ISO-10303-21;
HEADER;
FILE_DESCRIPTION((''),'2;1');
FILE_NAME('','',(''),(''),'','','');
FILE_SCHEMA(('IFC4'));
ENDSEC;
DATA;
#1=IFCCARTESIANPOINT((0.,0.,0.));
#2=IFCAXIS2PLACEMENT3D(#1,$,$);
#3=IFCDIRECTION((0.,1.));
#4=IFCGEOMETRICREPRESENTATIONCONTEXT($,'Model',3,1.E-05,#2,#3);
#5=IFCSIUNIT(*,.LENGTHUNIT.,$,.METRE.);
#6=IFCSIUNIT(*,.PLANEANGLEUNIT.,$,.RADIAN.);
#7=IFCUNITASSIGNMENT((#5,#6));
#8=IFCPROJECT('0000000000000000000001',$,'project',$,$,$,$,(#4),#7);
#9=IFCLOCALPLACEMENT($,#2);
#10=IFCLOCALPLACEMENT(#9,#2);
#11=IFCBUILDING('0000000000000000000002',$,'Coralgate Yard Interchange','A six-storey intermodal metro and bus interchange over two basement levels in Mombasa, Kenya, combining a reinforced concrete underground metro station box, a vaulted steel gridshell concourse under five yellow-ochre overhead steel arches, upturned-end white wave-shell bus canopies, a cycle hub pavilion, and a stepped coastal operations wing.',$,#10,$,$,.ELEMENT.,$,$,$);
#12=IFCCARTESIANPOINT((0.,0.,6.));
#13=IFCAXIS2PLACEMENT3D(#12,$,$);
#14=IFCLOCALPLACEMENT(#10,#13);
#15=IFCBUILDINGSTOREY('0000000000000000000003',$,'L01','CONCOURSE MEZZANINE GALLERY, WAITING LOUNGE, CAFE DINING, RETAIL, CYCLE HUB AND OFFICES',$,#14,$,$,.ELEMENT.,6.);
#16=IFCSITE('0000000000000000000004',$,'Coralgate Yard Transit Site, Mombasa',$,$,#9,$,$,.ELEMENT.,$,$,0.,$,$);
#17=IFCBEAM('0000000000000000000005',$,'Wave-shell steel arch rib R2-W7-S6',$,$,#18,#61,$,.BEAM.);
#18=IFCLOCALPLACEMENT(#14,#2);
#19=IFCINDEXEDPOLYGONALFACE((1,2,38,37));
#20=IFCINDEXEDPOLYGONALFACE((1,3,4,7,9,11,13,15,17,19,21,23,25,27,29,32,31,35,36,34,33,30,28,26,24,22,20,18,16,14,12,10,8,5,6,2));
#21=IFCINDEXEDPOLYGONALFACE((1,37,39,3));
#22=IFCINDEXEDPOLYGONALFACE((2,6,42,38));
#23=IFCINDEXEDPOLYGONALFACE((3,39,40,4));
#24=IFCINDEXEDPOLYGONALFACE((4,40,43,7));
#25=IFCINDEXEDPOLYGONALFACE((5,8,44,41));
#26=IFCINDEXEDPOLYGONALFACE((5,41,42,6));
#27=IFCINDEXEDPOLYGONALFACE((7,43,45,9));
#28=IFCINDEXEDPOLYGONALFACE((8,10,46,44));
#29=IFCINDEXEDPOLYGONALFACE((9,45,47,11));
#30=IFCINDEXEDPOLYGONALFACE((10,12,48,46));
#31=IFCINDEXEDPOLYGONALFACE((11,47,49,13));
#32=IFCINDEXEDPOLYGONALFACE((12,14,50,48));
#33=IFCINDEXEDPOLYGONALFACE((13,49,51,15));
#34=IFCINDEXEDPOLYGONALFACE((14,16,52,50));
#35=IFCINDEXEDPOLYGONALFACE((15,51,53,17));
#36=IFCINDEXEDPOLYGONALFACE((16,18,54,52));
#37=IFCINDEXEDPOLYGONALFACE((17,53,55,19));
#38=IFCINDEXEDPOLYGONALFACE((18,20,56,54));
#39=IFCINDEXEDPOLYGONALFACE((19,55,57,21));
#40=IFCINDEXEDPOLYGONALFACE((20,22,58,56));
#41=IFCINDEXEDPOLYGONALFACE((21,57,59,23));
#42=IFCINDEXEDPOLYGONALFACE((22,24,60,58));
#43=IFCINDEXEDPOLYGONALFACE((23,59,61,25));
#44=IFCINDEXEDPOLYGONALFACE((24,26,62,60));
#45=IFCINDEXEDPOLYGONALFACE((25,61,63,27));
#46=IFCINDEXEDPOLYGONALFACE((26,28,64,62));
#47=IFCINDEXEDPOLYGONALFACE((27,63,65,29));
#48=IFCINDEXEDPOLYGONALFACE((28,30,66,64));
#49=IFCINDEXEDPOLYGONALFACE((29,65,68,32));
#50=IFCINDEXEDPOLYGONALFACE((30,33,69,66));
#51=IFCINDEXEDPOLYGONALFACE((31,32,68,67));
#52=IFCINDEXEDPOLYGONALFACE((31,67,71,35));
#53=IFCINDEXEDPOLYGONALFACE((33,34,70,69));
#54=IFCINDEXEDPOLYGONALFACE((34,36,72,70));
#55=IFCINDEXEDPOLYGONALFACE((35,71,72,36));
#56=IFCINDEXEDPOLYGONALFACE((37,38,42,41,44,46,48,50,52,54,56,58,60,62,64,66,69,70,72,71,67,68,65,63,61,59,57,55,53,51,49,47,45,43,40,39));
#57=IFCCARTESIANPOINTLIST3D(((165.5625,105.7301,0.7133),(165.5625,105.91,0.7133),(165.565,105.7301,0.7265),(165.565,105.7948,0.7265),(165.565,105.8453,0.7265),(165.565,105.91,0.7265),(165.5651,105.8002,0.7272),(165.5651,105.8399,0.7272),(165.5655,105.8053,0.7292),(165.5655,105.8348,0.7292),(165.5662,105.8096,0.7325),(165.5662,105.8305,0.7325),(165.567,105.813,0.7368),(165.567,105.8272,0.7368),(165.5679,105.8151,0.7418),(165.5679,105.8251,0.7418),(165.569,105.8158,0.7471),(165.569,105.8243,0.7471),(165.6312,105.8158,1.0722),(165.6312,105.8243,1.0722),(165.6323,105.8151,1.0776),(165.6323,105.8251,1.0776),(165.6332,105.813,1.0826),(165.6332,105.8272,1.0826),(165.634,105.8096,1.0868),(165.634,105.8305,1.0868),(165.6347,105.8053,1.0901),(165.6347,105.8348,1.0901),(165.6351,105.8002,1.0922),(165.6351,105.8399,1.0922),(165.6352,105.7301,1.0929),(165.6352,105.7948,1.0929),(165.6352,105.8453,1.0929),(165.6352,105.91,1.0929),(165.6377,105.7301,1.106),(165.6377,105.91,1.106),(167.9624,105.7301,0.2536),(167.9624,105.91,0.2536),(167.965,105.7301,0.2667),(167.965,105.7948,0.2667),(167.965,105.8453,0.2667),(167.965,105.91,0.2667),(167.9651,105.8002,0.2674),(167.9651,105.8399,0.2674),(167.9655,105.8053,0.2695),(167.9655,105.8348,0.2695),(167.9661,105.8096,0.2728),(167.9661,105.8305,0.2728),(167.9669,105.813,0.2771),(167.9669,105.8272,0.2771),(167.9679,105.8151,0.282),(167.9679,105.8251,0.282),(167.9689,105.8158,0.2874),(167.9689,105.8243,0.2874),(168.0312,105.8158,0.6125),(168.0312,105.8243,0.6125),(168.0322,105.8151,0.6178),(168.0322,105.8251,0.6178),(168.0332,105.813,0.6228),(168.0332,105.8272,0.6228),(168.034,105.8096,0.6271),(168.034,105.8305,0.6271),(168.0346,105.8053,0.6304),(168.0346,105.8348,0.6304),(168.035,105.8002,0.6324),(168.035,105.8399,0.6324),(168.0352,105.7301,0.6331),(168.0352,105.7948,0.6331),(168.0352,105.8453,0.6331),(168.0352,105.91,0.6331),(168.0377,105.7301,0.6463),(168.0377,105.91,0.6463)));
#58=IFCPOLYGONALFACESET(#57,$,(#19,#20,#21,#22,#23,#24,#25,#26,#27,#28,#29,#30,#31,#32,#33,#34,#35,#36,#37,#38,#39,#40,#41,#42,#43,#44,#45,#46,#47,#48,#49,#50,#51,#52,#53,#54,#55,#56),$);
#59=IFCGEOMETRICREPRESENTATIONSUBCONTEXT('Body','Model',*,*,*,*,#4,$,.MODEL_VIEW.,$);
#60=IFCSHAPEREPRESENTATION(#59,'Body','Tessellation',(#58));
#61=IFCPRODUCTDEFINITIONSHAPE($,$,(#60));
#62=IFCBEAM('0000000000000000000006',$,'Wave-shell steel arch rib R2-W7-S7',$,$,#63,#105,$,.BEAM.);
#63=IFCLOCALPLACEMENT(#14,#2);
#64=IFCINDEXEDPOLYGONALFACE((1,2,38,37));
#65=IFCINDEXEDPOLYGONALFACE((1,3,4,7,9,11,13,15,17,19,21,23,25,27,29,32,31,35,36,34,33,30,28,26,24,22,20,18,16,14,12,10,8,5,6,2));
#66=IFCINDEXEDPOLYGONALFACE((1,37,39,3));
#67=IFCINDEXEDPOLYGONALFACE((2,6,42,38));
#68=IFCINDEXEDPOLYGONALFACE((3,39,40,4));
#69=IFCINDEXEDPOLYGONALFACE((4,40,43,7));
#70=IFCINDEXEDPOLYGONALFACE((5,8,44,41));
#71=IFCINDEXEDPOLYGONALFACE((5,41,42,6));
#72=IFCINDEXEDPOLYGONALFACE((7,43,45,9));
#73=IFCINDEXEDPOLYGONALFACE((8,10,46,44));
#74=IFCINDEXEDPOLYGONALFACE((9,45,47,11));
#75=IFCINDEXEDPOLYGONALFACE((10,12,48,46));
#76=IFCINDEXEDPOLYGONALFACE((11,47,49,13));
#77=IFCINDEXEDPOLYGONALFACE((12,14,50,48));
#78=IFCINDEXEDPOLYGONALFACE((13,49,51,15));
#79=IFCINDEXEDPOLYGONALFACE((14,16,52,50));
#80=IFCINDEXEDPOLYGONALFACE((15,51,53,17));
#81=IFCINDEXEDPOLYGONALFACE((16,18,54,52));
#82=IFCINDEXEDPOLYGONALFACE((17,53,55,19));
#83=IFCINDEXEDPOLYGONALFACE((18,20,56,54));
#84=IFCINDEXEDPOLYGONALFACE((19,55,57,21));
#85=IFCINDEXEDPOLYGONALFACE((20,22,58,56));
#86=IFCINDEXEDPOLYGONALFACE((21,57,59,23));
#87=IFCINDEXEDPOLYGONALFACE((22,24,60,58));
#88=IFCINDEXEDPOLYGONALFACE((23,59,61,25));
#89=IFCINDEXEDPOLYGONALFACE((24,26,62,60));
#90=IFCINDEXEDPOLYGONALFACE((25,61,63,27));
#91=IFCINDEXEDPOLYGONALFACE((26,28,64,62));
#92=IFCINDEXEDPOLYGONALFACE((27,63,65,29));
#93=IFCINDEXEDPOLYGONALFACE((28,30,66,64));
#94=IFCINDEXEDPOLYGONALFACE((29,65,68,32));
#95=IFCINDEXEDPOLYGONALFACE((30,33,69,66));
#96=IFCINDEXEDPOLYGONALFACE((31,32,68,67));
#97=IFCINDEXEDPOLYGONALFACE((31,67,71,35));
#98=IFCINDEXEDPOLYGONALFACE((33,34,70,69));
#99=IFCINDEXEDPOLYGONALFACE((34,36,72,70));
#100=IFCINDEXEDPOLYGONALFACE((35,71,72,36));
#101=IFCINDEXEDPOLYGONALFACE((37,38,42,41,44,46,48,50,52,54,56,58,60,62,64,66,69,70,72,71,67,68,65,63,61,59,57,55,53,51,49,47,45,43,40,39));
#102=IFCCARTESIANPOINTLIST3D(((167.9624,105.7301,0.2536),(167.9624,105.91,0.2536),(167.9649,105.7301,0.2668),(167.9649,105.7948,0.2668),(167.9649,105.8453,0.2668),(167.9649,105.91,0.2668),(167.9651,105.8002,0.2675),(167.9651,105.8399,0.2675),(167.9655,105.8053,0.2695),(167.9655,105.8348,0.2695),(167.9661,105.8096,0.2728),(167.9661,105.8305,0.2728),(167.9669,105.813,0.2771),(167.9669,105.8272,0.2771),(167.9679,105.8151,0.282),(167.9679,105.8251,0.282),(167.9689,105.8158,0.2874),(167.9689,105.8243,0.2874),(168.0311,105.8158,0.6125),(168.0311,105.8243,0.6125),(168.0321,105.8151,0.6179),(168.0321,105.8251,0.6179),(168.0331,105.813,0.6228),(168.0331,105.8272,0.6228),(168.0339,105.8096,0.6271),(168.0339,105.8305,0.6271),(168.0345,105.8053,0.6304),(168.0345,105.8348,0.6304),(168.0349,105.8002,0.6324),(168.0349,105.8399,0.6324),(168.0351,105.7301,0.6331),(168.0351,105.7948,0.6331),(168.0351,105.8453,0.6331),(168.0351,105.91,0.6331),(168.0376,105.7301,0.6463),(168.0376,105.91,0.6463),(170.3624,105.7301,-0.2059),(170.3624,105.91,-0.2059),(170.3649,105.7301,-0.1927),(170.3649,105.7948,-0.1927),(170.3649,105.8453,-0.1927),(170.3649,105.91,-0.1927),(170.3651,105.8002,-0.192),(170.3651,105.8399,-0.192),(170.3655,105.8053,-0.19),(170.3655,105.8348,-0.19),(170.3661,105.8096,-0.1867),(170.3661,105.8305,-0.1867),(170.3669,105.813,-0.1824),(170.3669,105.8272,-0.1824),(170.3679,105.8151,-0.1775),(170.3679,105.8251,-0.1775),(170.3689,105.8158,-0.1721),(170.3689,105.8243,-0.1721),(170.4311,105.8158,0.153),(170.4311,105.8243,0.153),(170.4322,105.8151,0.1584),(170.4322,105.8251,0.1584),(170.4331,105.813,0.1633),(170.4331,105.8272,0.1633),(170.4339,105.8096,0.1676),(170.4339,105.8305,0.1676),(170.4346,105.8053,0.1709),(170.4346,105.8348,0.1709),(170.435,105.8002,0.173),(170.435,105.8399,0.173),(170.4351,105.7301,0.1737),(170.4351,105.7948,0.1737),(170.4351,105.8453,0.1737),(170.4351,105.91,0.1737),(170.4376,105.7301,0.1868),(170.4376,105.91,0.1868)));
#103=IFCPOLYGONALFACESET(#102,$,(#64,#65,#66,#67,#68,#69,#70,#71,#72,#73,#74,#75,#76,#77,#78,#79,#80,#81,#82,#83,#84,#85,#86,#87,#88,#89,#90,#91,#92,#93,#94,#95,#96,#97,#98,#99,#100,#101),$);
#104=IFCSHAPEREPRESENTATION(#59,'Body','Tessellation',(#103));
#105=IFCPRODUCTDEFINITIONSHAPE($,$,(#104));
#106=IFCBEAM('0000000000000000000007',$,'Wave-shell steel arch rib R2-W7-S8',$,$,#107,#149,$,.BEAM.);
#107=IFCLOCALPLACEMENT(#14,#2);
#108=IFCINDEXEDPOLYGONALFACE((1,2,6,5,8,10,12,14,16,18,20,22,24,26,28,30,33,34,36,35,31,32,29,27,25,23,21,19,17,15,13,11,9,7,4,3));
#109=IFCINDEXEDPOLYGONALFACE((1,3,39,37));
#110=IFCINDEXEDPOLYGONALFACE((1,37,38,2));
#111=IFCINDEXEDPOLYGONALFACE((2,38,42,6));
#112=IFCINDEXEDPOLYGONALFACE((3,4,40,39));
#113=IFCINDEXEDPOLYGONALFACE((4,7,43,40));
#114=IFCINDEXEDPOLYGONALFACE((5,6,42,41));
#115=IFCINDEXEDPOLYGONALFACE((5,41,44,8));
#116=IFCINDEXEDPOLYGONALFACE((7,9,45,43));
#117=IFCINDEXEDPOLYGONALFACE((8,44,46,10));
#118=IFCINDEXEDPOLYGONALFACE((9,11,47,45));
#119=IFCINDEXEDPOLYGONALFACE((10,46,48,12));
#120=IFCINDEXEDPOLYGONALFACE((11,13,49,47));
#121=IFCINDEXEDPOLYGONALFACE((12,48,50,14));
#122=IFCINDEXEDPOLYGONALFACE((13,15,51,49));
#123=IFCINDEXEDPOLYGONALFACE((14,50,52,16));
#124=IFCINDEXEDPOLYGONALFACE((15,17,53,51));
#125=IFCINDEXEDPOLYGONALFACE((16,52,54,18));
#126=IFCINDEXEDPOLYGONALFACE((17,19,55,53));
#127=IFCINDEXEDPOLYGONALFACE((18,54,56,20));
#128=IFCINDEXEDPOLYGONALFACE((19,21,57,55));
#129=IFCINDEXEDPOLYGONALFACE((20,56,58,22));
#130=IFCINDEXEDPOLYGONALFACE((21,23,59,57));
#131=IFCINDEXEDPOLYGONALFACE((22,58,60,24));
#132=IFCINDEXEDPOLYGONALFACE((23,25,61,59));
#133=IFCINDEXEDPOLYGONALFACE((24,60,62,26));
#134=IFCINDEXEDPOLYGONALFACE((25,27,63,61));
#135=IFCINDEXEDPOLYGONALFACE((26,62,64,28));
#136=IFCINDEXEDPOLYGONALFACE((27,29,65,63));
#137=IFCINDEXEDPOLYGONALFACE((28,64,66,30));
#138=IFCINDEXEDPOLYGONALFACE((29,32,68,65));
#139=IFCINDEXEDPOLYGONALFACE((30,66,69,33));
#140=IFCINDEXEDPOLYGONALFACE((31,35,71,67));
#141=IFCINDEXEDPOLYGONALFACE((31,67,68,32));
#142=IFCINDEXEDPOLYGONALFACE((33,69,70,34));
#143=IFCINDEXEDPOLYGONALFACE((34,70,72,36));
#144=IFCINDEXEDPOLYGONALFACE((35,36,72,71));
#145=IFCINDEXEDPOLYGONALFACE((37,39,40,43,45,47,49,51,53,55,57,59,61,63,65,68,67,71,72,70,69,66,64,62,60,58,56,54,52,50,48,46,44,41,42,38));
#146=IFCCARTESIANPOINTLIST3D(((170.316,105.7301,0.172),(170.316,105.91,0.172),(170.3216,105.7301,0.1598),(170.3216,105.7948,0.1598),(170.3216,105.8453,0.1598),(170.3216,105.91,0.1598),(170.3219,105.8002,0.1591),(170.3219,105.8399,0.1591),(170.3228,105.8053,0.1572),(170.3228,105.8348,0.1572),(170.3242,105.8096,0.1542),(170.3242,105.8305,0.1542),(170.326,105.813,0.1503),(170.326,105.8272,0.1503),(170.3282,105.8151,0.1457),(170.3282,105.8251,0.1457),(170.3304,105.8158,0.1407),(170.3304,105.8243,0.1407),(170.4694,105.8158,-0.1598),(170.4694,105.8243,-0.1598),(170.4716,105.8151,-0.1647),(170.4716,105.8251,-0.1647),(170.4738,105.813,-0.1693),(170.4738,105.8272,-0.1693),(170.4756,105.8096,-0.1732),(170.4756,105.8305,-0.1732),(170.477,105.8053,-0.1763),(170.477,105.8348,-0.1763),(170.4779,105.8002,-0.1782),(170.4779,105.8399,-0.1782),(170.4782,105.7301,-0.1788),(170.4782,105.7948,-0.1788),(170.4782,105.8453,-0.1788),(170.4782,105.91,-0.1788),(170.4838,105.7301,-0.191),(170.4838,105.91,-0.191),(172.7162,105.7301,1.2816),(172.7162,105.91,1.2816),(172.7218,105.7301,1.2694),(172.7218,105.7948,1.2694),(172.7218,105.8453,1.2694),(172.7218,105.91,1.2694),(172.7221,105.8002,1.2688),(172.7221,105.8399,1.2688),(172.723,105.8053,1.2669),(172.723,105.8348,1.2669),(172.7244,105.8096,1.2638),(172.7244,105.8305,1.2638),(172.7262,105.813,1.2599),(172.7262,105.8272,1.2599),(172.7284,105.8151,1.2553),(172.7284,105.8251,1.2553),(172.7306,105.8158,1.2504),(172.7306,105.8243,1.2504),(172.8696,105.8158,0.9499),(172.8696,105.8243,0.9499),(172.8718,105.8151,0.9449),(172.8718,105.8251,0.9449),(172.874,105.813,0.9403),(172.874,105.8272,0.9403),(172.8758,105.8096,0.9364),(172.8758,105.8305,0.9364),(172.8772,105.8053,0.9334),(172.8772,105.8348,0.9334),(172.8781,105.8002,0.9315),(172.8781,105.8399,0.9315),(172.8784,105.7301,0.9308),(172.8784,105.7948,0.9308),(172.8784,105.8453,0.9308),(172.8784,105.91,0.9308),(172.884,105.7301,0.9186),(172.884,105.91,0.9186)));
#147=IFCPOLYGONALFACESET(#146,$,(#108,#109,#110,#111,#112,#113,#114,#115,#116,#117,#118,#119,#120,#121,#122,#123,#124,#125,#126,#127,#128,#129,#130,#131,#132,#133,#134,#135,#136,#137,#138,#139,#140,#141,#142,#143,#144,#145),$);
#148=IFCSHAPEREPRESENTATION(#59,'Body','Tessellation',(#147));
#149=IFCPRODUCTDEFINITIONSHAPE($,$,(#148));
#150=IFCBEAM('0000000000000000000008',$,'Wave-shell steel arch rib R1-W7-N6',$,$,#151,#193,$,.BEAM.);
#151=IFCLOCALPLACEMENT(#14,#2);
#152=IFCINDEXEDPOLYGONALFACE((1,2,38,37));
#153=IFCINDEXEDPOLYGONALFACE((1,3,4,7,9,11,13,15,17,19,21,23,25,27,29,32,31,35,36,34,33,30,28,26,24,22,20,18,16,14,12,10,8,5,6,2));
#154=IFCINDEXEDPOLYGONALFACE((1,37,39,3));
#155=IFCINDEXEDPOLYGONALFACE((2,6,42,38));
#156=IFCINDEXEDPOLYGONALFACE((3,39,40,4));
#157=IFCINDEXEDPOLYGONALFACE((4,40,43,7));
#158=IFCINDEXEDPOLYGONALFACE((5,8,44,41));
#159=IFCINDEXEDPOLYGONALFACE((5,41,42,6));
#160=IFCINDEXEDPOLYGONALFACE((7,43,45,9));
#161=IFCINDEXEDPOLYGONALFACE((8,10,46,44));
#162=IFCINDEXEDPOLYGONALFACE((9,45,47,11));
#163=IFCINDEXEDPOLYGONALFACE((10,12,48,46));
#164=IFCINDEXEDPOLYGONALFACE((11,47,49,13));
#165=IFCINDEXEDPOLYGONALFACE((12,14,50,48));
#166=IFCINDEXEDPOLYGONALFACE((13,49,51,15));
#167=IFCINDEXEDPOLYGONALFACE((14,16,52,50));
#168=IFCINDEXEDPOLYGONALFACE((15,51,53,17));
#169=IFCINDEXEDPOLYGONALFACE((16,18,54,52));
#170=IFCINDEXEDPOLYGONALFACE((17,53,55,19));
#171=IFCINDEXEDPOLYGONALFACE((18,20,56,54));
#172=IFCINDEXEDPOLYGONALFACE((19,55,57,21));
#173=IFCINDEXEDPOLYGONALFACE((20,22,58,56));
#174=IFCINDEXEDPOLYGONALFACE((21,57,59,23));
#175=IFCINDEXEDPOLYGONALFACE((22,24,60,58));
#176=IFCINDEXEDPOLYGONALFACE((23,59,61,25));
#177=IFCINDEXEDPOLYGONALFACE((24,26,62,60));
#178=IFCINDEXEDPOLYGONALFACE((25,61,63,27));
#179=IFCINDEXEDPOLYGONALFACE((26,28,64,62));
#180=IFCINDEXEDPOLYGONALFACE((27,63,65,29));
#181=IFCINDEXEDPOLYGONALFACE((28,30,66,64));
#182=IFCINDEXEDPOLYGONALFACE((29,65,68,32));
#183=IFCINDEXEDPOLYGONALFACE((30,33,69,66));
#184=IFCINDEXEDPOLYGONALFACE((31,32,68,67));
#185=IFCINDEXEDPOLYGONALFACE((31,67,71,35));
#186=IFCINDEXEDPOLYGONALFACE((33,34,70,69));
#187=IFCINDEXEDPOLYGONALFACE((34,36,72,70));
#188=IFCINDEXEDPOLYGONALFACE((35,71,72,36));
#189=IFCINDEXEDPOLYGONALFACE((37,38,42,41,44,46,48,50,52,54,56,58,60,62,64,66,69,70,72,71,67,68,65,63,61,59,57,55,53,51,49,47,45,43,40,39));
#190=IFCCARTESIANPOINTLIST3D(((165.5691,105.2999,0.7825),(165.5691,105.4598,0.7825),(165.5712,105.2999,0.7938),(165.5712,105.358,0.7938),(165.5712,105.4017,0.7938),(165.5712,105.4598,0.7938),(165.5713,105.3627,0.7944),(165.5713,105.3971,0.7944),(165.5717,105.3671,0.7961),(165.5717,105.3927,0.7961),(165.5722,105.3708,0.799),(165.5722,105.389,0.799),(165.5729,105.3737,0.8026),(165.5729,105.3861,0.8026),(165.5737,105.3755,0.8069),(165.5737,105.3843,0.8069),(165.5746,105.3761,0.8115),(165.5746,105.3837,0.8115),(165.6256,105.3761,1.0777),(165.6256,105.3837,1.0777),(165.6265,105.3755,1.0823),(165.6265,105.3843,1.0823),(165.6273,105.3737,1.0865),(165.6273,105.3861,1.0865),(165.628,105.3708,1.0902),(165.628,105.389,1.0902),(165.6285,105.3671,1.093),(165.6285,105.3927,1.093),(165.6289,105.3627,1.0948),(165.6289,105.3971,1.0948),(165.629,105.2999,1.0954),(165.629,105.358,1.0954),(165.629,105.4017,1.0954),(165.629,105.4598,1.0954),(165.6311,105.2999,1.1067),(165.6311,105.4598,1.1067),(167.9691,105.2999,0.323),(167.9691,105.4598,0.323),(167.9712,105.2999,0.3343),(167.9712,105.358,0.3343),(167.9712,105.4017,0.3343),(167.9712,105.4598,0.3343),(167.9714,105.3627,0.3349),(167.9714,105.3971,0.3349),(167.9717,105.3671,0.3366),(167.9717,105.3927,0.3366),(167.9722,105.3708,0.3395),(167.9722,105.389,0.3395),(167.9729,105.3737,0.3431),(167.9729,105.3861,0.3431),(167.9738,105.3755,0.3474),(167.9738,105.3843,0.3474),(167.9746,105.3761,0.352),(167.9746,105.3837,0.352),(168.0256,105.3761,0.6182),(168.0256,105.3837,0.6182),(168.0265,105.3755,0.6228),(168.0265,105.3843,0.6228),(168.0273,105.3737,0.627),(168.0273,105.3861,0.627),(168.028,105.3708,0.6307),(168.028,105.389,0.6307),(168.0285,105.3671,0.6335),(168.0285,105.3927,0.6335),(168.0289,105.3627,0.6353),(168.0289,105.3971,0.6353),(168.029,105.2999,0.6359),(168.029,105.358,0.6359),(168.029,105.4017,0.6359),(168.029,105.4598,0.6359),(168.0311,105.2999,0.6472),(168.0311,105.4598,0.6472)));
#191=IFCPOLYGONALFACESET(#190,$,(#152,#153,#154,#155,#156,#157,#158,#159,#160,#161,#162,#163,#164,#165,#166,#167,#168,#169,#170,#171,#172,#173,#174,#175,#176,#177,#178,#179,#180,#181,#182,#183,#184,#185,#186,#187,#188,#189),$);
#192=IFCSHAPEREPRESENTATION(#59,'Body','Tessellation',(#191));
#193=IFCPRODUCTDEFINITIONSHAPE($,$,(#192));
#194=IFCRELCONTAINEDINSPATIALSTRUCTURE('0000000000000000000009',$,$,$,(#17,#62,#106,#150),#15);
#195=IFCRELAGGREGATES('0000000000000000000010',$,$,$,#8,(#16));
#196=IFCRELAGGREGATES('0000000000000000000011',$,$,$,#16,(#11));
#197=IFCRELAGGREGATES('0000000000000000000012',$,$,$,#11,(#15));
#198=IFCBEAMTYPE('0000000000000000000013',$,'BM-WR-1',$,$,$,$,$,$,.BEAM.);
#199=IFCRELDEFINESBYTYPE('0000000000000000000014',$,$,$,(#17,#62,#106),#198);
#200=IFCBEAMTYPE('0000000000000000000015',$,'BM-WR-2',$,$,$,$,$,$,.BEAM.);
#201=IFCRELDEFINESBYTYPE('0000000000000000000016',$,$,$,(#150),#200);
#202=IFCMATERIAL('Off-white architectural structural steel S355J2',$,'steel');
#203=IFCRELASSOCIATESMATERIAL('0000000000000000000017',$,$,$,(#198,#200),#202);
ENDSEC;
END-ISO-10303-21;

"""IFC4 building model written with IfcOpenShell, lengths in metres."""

from ifc_helpers import new_model, si_unit, direction, frame, origin, origin_2d, place, context, subcontext, project, spatial, i_section, extrude, material, material_profile, profile_set, type_object, element, save


model = new_model("IFC4")

# Units and contexts
model_context = context("Model", 3, precision=1e-05, world=origin(), true_north=direction((0.0, 1.0)))
body_context = subcontext(model_context, "Body", "Model", "MODEL_VIEW")
ifc_project = project(units=[si_unit("LENGTHUNIT", "METRE"), si_unit("PLANEANGLEUNIT", "RADIAN")], contexts=[model_context])

# Site, building, storey
site_placement = place(None, origin())
site = spatial("IfcSite", under=ifc_project, at=site_placement, Name="Coralgate Yard Transit Site, Mombasa", CompositionType="ELEMENT", RefElevation=0.0)
building_placement = place(site_placement, origin())
building = spatial("IfcBuilding", under=site, at=building_placement, Name="Coralgate Yard Interchange", Description="A six-storey intermodal metro and bus interchange over two basement levels in Mombasa, Kenya, combining a reinforced concrete underground metro station box, a vaulted steel gridshell concourse under five yellow-ochre overhead steel arches, upturned-end white wave-shell bus canopies, a cycle hub pavilion, and a stepped coastal operations wing.", CompositionType="ELEMENT")
storey_placement = place(building_placement, frame((0.0, 0.0, 6.0)))
storey = spatial("IfcBuildingStorey", under=building, at=storey_placement, Name="L01", Description="CONCOURSE MEZZANINE GALLERY, WAITING LOUNGE, CAFE DINING, RETAIL, CYCLE HUB AND OFFICES", CompositionType="ELEMENT", Elevation=6.0)

# Beams
ifc_material_1 = material(Name="Off-white architectural structural steel S355J2", Category="steel")
ifc_material_profile_1 = material_profile(ifc_material_1, i_section(OverallWidth=0.1799, OverallDepth=0.3999, WebThickness=0.0085, FlangeThickness=0.0134, FilletRadius=0.021, at=origin_2d()), Name="IPE 400")
ifc_profile_set_1 = profile_set([ifc_material_profile_1], Name="Off-white architectural structural steel S355J2")
beam_type_1 = type_object("IfcBeamType", Name="BM-WR-1", PredefinedType="BEAM", material=ifc_profile_set_1)
for number, where, z_axis, x_axis, name in (
    (1, (165.6001, 105.8201, 0.9097), (0.982143, 0.0, -0.188136), (0.0, 1.0, 0.0), "Wave-shell steel arch rib R2-W7-S6"),
    (2, (168.0, 105.8201, 0.45), (0.982161, 0.0, -0.188039), (0.0, 1.0, 0.0), "Wave-shell steel arch rib R2-W7-S7"),
):
    element("IfcBeam", number, at=place(storey_placement, frame(where, z_axis=z_axis, x_axis=x_axis)), inside=storey, type_object=beam_type_1, Name=name, PredefinedType="BEAM", context=body_context, shape_type="SweptSolid", body=[
        extrude(i_section(OverallWidth=0.1799, OverallDepth=0.3999, WebThickness=0.0085, FlangeThickness=0.0134, FilletRadius=0.021, at=origin_2d()), origin(), (0.0, 0.0, 1.0), 2.4436),
    ])
beam_1_placement = place(storey_placement, frame((170.3999, 105.8201, -0.0095), z_axis=(0.907692, 0.0, 0.419638), x_axis=(0.0, 1.0, 0.0)))
element("IfcBeam", 3, at=beam_1_placement, inside=storey, type_object=beam_type_1, Name="Wave-shell steel arch rib R2-W7-S8", PredefinedType="BEAM", context=body_context, shape_type="SweptSolid", body=[
    extrude(i_section(OverallWidth=0.1799, OverallDepth=0.3999, WebThickness=0.0085, FlangeThickness=0.0134, FilletRadius=0.021, at=origin_2d()), origin(), (0.0, 0.0, 1.0), 2.6443),
])
ifc_material_profile_2 = material_profile(ifc_material_1, i_section(OverallWidth=0.1599, OverallDepth=0.3301, WebThickness=0.0076, FlangeThickness=0.0115, FilletRadius=0.0181, at=origin_2d()), Name="IPE 330")
ifc_profile_set_2 = profile_set([ifc_material_profile_2], Name="Off-white architectural structural steel S355J2")
beam_type_2 = type_object("IfcBeamType", Name="BM-WR-2", PredefinedType="BEAM", material=ifc_profile_set_2)
for number, where, z_axis, x_axis, name in (
    (4, (165.6001, 105.3799, 0.9446), (0.982161, 0.0, -0.188039), (0.0, 1.0, 0.0), "Wave-shell steel arch rib R1-W7-N6"),
):
    element("IfcBeam", number, at=place(storey_placement, frame(where, z_axis=z_axis, x_axis=x_axis)), inside=storey, type_object=beam_type_2, Name=name, PredefinedType="BEAM", context=body_context, shape_type="SweptSolid", body=[
        extrude(i_section(OverallWidth=0.1599, OverallDepth=0.3301, WebThickness=0.0076, FlangeThickness=0.0115, FilletRadius=0.0181, at=origin_2d()), origin(), (0.0, 0.0, 1.0), 2.4436),
    ])

save(model, "model.ifc")
